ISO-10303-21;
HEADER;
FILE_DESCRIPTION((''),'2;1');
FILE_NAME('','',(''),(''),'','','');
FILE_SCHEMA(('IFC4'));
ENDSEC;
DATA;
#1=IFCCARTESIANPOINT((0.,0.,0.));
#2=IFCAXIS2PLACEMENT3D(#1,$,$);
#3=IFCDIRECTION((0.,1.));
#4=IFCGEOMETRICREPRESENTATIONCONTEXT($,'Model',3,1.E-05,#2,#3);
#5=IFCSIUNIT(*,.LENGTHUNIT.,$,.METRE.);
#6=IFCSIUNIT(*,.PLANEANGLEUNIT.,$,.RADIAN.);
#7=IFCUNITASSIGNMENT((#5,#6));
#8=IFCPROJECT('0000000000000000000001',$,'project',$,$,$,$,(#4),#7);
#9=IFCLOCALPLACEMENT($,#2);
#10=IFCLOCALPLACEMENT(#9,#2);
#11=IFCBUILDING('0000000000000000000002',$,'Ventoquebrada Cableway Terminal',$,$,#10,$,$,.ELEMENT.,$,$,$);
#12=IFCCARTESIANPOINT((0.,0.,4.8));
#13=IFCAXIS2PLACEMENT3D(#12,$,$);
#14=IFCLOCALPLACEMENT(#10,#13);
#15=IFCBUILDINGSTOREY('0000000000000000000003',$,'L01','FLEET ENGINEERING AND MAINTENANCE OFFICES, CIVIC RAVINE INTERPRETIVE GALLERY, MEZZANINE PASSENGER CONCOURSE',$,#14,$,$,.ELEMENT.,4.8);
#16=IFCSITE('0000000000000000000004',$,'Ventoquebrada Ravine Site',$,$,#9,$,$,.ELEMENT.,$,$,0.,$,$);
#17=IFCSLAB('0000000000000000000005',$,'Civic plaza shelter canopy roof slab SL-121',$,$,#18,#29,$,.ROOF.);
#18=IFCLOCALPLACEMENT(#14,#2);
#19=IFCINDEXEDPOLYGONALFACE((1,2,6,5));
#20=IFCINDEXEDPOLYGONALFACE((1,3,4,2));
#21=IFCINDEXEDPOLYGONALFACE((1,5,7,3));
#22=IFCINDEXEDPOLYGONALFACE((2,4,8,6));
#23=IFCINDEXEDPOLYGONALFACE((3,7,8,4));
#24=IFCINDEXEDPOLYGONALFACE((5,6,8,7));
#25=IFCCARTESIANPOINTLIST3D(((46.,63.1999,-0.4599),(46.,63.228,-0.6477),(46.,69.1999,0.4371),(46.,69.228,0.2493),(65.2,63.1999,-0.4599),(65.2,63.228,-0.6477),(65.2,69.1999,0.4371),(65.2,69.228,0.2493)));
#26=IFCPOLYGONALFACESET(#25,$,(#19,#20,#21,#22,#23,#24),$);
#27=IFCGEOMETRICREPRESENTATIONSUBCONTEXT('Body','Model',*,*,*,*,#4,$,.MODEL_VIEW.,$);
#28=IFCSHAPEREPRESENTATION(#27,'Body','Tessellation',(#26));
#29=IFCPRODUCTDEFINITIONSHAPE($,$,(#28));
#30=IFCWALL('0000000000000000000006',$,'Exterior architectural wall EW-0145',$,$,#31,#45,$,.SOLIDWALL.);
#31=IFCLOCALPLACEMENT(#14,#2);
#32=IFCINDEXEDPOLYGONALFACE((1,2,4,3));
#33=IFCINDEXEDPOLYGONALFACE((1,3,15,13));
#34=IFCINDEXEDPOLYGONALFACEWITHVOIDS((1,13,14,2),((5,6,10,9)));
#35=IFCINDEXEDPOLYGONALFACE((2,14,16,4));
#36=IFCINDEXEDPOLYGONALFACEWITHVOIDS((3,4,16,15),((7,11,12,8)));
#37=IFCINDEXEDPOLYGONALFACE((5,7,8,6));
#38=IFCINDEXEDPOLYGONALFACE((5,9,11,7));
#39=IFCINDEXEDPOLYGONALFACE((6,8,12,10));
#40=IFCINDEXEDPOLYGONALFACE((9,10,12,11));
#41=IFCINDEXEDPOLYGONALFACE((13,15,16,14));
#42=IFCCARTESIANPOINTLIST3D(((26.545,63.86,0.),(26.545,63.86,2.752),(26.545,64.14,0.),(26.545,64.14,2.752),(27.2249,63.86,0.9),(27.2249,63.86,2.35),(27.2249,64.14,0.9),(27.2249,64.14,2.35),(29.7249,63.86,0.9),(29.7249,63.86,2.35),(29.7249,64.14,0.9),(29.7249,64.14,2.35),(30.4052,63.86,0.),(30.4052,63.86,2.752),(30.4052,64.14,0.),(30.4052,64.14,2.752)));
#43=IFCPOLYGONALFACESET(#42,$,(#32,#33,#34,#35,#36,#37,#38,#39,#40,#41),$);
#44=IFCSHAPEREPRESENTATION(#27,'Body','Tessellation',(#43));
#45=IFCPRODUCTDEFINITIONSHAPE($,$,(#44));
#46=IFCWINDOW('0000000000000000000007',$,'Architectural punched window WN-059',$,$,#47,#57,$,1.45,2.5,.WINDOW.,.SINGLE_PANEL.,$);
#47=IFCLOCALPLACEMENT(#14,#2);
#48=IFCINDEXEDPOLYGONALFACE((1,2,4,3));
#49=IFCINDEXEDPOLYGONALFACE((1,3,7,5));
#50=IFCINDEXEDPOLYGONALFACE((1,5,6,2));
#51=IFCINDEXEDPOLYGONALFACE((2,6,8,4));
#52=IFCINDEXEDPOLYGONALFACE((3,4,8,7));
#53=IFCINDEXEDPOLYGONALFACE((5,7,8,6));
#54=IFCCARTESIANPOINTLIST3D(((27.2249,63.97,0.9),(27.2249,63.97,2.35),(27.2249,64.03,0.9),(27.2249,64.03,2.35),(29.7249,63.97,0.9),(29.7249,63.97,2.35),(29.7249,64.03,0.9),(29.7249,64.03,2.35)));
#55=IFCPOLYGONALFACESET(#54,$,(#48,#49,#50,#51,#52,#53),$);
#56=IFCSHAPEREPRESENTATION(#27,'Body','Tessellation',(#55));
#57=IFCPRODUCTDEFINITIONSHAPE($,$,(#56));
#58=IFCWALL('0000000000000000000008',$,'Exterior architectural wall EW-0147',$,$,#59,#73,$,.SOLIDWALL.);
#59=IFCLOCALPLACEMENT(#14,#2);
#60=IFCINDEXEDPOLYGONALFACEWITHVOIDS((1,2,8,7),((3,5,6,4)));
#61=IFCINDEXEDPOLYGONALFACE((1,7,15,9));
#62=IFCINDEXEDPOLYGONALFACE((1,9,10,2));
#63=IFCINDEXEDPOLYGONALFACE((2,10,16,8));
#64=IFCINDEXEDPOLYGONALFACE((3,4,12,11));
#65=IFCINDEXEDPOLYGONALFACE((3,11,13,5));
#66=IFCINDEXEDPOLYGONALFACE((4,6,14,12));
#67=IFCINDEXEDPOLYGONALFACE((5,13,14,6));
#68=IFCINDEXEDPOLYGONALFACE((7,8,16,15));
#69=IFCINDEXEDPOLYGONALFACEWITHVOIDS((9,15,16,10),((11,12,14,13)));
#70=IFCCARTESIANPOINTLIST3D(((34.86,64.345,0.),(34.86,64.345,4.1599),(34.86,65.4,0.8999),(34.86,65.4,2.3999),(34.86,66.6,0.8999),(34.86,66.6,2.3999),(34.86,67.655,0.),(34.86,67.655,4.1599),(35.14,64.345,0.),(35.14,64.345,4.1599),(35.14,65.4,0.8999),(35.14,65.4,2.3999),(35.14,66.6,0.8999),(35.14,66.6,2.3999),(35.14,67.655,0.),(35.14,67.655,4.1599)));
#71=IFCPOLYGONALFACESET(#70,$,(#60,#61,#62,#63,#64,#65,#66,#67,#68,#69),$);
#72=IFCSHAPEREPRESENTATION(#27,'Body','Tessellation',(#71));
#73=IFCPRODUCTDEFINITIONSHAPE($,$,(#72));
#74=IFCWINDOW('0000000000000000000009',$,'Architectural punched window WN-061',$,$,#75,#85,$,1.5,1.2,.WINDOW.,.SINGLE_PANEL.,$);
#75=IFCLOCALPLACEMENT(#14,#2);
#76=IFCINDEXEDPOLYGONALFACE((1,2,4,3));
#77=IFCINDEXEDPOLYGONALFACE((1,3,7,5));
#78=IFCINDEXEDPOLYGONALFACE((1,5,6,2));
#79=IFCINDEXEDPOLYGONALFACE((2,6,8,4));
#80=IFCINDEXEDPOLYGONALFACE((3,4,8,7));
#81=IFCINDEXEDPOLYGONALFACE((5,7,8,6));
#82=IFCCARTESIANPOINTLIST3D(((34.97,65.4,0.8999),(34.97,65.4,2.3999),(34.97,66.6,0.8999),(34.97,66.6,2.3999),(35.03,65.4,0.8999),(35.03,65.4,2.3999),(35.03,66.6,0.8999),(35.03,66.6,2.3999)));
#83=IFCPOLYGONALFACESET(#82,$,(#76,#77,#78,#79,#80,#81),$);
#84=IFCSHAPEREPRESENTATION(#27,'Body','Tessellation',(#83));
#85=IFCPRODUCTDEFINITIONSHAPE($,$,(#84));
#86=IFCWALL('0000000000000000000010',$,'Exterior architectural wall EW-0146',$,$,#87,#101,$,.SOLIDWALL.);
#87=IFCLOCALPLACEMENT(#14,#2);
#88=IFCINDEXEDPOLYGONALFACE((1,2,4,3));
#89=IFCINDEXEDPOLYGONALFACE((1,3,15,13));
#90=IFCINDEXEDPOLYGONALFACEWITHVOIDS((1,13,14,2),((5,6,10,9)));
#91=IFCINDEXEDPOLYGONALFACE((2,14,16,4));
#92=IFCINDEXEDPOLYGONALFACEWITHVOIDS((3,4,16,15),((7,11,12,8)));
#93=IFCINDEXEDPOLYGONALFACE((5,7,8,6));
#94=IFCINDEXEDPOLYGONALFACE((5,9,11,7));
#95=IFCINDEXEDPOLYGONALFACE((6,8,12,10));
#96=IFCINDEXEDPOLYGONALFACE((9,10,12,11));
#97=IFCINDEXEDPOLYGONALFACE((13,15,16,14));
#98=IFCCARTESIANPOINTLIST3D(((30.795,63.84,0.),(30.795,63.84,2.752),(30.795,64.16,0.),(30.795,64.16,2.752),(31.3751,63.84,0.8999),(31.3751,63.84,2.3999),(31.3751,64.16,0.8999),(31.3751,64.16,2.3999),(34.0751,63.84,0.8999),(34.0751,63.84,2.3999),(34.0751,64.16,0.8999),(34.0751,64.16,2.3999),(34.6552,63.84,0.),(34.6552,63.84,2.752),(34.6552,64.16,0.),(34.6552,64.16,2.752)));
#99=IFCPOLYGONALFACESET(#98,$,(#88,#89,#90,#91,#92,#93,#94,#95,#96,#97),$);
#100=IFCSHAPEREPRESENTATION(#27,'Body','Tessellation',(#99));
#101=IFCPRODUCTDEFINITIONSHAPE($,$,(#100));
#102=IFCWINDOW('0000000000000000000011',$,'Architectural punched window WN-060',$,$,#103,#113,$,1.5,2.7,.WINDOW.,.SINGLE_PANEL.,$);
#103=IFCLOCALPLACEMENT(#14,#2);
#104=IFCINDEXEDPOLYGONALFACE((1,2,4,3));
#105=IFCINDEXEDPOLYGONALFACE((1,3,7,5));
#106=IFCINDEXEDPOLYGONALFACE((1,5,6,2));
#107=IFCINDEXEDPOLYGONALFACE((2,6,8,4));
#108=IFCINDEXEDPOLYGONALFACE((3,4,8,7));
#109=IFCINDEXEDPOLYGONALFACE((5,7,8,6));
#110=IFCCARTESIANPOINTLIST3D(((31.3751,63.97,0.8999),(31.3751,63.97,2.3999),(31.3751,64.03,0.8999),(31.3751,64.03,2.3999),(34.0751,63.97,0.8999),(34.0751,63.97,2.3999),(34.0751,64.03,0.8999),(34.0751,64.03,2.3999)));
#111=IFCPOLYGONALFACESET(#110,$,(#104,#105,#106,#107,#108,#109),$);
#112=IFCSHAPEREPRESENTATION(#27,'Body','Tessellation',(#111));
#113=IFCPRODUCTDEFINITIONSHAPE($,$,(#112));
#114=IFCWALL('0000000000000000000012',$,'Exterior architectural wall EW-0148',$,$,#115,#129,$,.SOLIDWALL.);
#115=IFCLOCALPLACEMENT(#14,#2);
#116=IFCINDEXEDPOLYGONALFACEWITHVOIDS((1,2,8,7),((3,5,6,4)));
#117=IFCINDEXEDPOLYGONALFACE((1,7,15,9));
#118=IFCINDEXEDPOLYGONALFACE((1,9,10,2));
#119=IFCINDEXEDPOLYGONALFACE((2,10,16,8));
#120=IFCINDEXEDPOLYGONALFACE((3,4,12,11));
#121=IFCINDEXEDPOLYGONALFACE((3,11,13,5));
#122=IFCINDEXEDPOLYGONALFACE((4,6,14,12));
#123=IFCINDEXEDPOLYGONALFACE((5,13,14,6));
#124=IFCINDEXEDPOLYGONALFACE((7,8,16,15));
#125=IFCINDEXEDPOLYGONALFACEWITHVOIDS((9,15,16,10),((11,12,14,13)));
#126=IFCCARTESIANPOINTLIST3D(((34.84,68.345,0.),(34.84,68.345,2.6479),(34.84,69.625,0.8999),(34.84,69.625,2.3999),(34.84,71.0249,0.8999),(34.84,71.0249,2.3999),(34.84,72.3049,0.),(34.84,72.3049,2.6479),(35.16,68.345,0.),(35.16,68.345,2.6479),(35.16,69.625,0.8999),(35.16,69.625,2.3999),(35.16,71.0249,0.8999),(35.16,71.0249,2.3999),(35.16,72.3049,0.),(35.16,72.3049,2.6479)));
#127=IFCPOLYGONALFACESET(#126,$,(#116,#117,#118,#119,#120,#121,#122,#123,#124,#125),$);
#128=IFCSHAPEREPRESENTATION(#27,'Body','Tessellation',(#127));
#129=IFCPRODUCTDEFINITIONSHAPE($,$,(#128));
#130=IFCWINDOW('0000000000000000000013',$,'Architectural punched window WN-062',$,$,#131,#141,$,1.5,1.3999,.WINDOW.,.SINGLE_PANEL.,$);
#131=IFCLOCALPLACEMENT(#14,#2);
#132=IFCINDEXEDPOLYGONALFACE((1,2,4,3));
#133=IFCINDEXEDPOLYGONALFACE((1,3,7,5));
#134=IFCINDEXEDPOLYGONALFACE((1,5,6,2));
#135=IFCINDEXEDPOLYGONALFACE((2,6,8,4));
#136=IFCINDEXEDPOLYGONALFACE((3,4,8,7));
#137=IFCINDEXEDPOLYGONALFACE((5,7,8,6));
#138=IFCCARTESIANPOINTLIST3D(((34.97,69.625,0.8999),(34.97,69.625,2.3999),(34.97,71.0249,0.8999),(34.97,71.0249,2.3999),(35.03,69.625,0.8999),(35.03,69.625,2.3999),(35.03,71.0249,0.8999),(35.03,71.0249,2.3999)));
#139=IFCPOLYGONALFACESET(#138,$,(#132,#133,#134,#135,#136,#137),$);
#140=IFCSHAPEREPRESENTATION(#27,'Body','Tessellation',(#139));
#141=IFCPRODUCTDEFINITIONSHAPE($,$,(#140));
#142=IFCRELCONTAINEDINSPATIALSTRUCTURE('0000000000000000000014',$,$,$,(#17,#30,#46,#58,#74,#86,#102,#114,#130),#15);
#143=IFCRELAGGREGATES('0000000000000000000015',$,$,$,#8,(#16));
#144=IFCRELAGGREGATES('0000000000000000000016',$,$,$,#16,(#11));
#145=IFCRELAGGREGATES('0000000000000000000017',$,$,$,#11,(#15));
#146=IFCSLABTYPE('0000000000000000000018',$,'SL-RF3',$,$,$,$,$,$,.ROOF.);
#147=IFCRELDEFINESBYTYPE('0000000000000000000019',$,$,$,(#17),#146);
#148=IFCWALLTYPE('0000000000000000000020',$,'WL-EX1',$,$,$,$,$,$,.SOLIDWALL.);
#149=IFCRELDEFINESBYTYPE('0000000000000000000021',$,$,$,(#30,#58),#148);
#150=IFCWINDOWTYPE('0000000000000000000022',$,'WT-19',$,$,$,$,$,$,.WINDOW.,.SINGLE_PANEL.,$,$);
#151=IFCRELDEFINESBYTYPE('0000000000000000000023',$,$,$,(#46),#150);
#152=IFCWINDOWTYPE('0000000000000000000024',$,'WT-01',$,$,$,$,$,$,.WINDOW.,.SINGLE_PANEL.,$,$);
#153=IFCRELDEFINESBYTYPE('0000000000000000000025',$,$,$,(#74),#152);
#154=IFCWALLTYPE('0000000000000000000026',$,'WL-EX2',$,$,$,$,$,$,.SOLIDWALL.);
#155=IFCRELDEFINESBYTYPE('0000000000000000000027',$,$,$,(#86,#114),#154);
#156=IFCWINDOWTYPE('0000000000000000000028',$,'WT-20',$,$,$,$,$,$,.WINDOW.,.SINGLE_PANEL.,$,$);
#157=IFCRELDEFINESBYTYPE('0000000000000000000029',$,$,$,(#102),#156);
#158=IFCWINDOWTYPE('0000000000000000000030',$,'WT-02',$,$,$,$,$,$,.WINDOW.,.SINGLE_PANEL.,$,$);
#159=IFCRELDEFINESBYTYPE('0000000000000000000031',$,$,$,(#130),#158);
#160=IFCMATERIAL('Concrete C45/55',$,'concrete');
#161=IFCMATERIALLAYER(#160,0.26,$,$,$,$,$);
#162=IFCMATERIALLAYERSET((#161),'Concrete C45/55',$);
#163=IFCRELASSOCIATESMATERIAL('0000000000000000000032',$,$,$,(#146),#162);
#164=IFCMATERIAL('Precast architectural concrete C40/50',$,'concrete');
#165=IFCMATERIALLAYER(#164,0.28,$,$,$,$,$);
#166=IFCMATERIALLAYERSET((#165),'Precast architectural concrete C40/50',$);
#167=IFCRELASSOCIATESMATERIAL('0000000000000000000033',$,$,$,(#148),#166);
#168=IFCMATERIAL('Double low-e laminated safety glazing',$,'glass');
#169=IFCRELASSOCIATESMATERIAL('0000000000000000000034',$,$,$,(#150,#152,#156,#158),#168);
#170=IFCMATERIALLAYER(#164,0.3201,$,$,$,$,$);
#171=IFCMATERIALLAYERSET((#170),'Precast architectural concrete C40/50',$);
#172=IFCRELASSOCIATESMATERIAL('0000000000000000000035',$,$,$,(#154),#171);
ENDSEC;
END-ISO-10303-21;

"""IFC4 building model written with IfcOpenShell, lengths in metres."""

from ifc_helpers import new_model, si_unit, direction, frame, frame_2d, origin, place, context, subcontext, project, spatial, polyline, rectangle, outline, extrude, material, layer, layer_set, type_object, element, fill, save


model = new_model("IFC4")

# Units and contexts
model_context = context("Model", 3, precision=1e-05, world=origin(), true_north=direction((0.0, 1.0)))
body_context = subcontext(model_context, "Body", "Model", "MODEL_VIEW")
ifc_project = project(units=[si_unit("LENGTHUNIT", "METRE"), si_unit("PLANEANGLEUNIT", "RADIAN")], contexts=[model_context])

# Site, building, storey
site_placement = place(None, origin())
site = spatial("IfcSite", under=ifc_project, at=site_placement, Name="Ventoquebrada Ravine Site", CompositionType="ELEMENT", RefElevation=0.0)
building_placement = place(site_placement, origin())
building = spatial("IfcBuilding", under=site, at=building_placement, Name="Ventoquebrada Cableway Terminal", CompositionType="ELEMENT")
storey_placement = place(building_placement, frame((0.0, 0.0, 4.8)))
storey = spatial("IfcBuildingStorey", under=building, at=storey_placement, Name="L01", Description="FLEET ENGINEERING AND MAINTENANCE OFFICES, CIVIC RAVINE INTERPRETIVE GALLERY, MEZZANINE PASSENGER CONCOURSE", CompositionType="ELEMENT", Elevation=4.8)

# Slab
ifc_material_1 = material(Name="Concrete C45/55", Category="concrete")
ifc_layer_1 = layer(ifc_material_1, 0.26)
ifc_layer_set_1 = layer_set([ifc_layer_1], Name="Concrete C45/55")
slab_type = type_object("IfcSlabType", Name="SL-RF3", PredefinedType="ROOF", material=ifc_layer_set_1)
slab_placement = place(storey_placement, frame((46.0, 63.228, -0.6477), z_axis=(0.0, -0.147852, 0.989009), x_axis=(1.0, 0.0, 0.0)))
element("IfcSlab", 1, at=slab_placement, inside=storey, type_object=slab_type, Name="Civic plaza shelter canopy roof slab SL-121", PredefinedType="ROOF", context=body_context, shape_type="SweptSolid", body=[
    extrude(outline(polyline([(0.0, 0.0), (19.2, 0.0), (19.2, 6.0667), (0.0, 6.0667), (0.0, 0.0)])), origin(), (0.0, 0.0, 1.0), 0.1899),
])

# Walls, openings, windows
ifc_material_2 = material(Name="Precast architectural concrete C40/50", Category="concrete")
ifc_layer_2 = layer(ifc_material_2, 0.28)
ifc_layer_set_2 = layer_set([ifc_layer_2], Name="Precast architectural concrete C40/50")
wall_type_1 = type_object("IfcWallType", Name="WL-EX1", PredefinedType="SOLIDWALL", material=ifc_layer_set_2)
wall_1_placement = place(storey_placement, frame((26.5449, 64.0, 0.0), z_axis=(0.0, 0.0, 1.0), x_axis=(1.0, 0.0, 0.0)))
wall_1 = element("IfcWall", 2, at=wall_1_placement, inside=storey, type_object=wall_type_1, Name="Exterior architectural wall EW-0145", PredefinedType="SOLIDWALL", context=body_context, shape_type="SweptSolid", body=[
    extrude(rectangle(XDim=3.8601, YDim=0.28, at=frame_2d((1.9302, 0.0))), origin(), (0.0, 0.0, 1.0), 2.752),
])
opening_1_placement = place(wall_1_placement, frame((0.6799, 0.0, 0.8999)))
opening_1 = element("IfcOpeningElement", 3, at=opening_1_placement, cuts=wall_1, PredefinedType="OPENING", context=body_context, shape_type="SweptSolid", body=[
    extrude(rectangle(XDim=2.5, YDim=1.45, at=frame_2d((1.25, 0.7251))), frame((0.0, 0.1499, 0.0), z_axis=(0.0, -1.0, 0.0), x_axis=(1.0, 0.0, 0.0)), (0.0, 0.0, 1.0), 0.3),
])
ifc_material_3 = material(Name="Double low-e laminated safety glazing", Category="glass")
window_type_1 = type_object("IfcWindowType", Name="WT-19", PartitioningType="SINGLE_PANEL", PredefinedType="WINDOW", material=ifc_material_3)
window_1_placement = place(opening_1_placement, origin())
window_1 = element("IfcWindow", 4, at=window_1_placement, inside=storey, type_object=window_type_1, Name="Architectural punched window WN-059", OverallHeight=1.45, OverallWidth=2.5, PartitioningType="SINGLE_PANEL", PredefinedType="WINDOW", context=body_context, shape_type="SweptSolid", body=[
    extrude(rectangle(XDim=2.5, YDim=1.45, at=frame_2d((1.25, 0.7251))), frame((0.0, 0.03, 0.0), z_axis=(0.0, -1.0, 0.0), x_axis=(1.0, 0.0, 0.0)), (0.0, 0.0, 1.0), 0.0601),
])
fill(opening_1, window_1)
wall_2_placement = place(storey_placement, frame((35.0, 64.345, 0.0), z_axis=(0.0, 0.0, 1.0), x_axis=(0.0, 1.0, 0.0)))
wall_2 = element("IfcWall", 5, at=wall_2_placement, inside=storey, type_object=wall_type_1, Name="Exterior architectural wall EW-0147", PredefinedType="SOLIDWALL", context=body_context, shape_type="SweptSolid", body=[
    extrude(rectangle(XDim=3.3101, YDim=0.28, at=frame_2d((1.655, 0.0))), origin(), (0.0, 0.0, 1.0), 4.1599),
])
opening_2_placement = place(wall_2_placement, frame((1.0549, 0.0, 0.8999)))
opening_2 = element("IfcOpeningElement", 6, at=opening_2_placement, cuts=wall_2, PredefinedType="OPENING", context=body_context, shape_type="SweptSolid", body=[
    extrude(rectangle(XDim=1.2, YDim=1.5, at=frame_2d((0.6001, 0.75))), frame((0.0, 0.1499, 0.0), z_axis=(0.0, -1.0, 0.0), x_axis=(1.0, 0.0, 0.0)), (0.0, 0.0, 1.0), 0.3),
])
window_type_2 = type_object("IfcWindowType", Name="WT-01", PartitioningType="SINGLE_PANEL", PredefinedType="WINDOW", material=ifc_material_3)
window_2_placement = place(opening_2_placement, origin())
window_2 = element("IfcWindow", 7, at=window_2_placement, inside=storey, type_object=window_type_2, Name="Architectural punched window WN-061", OverallHeight=1.5, OverallWidth=1.2, PartitioningType="SINGLE_PANEL", PredefinedType="WINDOW", context=body_context, shape_type="SweptSolid", body=[
    extrude(rectangle(XDim=1.2, YDim=1.5, at=frame_2d((0.6001, 0.75))), frame((0.0, 0.03, 0.0), z_axis=(0.0, -1.0, 0.0), x_axis=(1.0, 0.0, 0.0)), (0.0, 0.0, 1.0), 0.0601),
])
fill(opening_2, window_2)
ifc_layer_3 = layer(ifc_material_2, 0.3201)
ifc_layer_set_3 = layer_set([ifc_layer_3], Name="Precast architectural concrete C40/50")
wall_type_2 = type_object("IfcWallType", Name="WL-EX2", PredefinedType="SOLIDWALL", material=ifc_layer_set_3)
wall_3_placement = place(storey_placement, frame((30.7949, 64.0, 0.0), z_axis=(0.0, 0.0, 1.0), x_axis=(1.0, 0.0, 0.0)))
wall_3 = element("IfcWall", 8, at=wall_3_placement, inside=storey, type_object=wall_type_2, Name="Exterior architectural wall EW-0146", PredefinedType="SOLIDWALL", context=body_context, shape_type="SweptSolid", body=[
    extrude(rectangle(XDim=3.8601, YDim=0.3201, at=frame_2d((1.9302, 0.0))), origin(), (0.0, 0.0, 1.0), 2.752),
])
opening_3_placement = place(wall_3_placement, frame((0.5801, 0.0, 0.8999)))
opening_3 = element("IfcOpeningElement", 9, at=opening_3_placement, cuts=wall_3, PredefinedType="OPENING", context=body_context, shape_type="SweptSolid", body=[
    extrude(rectangle(XDim=2.7, YDim=1.5, at=frame_2d((1.3501, 0.75))), frame((0.0, 0.1699, 0.0), z_axis=(0.0, -1.0, 0.0), x_axis=(1.0, 0.0, 0.0)), (0.0, 0.0, 1.0), 0.3401),
])
window_type_3 = type_object("IfcWindowType", Name="WT-20", PartitioningType="SINGLE_PANEL", PredefinedType="WINDOW", material=ifc_material_3)
window_3_placement = place(opening_3_placement, origin())
window_3 = element("IfcWindow", 10, at=window_3_placement, inside=storey, type_object=window_type_3, Name="Architectural punched window WN-060", OverallHeight=1.5, OverallWidth=2.7, PartitioningType="SINGLE_PANEL", PredefinedType="WINDOW", context=body_context, shape_type="SweptSolid", body=[
    extrude(rectangle(XDim=2.7, YDim=1.5, at=frame_2d((1.3501, 0.75))), frame((0.0, 0.03, 0.0), z_axis=(0.0, -1.0, 0.0), x_axis=(1.0, 0.0, 0.0)), (0.0, 0.0, 1.0), 0.0601),
])
fill(opening_3, window_3)
wall_4_placement = place(storey_placement, frame((35.0, 68.345, 0.0), z_axis=(0.0, 0.0, 1.0), x_axis=(0.0, 1.0, 0.0)))
wall_4 = element("IfcWall", 11, at=wall_4_placement, inside=storey, type_object=wall_type_2, Name="Exterior architectural wall EW-0148", PredefinedType="SOLIDWALL", context=body_context, shape_type="SweptSolid", body=[
    extrude(rectangle(XDim=3.96, YDim=0.3201, at=frame_2d((1.98, 0.0))), origin(), (0.0, 0.0, 1.0), 2.6479),
])
opening_4_placement = place(wall_4_placement, frame((1.28, 0.0, 0.8999)))
opening_4 = element("IfcOpeningElement", 12, at=opening_4_placement, cuts=wall_4, PredefinedType="OPENING", context=body_context, shape_type="SweptSolid", body=[
    extrude(rectangle(XDim=1.3999, YDim=1.5, at=frame_2d((0.7, 0.75))), frame((0.0, 0.1699, 0.0), z_axis=(0.0, -1.0, 0.0), x_axis=(1.0, 0.0, 0.0)), (0.0, 0.0, 1.0), 0.3401),
])
window_type_4 = type_object("IfcWindowType", Name="WT-02", PartitioningType="SINGLE_PANEL", PredefinedType="WINDOW", material=ifc_material_3)
window_4_placement = place(opening_4_placement, origin())
window_4 = element("IfcWindow", 13, at=window_4_placement, inside=storey, type_object=window_type_4, Name="Architectural punched window WN-062", OverallHeight=1.5, OverallWidth=1.3999, PartitioningType="SINGLE_PANEL", PredefinedType="WINDOW", context=body_context, shape_type="SweptSolid", body=[
    extrude(rectangle(XDim=1.3999, YDim=1.5, at=frame_2d((0.7, 0.75))), frame((0.0, 0.03, 0.0), z_axis=(0.0, -1.0, 0.0), x_axis=(1.0, 0.0, 0.0)), (0.0, 0.0, 1.0), 0.0601),
])
fill(opening_4, window_4)

save(model, "model.ifc")
